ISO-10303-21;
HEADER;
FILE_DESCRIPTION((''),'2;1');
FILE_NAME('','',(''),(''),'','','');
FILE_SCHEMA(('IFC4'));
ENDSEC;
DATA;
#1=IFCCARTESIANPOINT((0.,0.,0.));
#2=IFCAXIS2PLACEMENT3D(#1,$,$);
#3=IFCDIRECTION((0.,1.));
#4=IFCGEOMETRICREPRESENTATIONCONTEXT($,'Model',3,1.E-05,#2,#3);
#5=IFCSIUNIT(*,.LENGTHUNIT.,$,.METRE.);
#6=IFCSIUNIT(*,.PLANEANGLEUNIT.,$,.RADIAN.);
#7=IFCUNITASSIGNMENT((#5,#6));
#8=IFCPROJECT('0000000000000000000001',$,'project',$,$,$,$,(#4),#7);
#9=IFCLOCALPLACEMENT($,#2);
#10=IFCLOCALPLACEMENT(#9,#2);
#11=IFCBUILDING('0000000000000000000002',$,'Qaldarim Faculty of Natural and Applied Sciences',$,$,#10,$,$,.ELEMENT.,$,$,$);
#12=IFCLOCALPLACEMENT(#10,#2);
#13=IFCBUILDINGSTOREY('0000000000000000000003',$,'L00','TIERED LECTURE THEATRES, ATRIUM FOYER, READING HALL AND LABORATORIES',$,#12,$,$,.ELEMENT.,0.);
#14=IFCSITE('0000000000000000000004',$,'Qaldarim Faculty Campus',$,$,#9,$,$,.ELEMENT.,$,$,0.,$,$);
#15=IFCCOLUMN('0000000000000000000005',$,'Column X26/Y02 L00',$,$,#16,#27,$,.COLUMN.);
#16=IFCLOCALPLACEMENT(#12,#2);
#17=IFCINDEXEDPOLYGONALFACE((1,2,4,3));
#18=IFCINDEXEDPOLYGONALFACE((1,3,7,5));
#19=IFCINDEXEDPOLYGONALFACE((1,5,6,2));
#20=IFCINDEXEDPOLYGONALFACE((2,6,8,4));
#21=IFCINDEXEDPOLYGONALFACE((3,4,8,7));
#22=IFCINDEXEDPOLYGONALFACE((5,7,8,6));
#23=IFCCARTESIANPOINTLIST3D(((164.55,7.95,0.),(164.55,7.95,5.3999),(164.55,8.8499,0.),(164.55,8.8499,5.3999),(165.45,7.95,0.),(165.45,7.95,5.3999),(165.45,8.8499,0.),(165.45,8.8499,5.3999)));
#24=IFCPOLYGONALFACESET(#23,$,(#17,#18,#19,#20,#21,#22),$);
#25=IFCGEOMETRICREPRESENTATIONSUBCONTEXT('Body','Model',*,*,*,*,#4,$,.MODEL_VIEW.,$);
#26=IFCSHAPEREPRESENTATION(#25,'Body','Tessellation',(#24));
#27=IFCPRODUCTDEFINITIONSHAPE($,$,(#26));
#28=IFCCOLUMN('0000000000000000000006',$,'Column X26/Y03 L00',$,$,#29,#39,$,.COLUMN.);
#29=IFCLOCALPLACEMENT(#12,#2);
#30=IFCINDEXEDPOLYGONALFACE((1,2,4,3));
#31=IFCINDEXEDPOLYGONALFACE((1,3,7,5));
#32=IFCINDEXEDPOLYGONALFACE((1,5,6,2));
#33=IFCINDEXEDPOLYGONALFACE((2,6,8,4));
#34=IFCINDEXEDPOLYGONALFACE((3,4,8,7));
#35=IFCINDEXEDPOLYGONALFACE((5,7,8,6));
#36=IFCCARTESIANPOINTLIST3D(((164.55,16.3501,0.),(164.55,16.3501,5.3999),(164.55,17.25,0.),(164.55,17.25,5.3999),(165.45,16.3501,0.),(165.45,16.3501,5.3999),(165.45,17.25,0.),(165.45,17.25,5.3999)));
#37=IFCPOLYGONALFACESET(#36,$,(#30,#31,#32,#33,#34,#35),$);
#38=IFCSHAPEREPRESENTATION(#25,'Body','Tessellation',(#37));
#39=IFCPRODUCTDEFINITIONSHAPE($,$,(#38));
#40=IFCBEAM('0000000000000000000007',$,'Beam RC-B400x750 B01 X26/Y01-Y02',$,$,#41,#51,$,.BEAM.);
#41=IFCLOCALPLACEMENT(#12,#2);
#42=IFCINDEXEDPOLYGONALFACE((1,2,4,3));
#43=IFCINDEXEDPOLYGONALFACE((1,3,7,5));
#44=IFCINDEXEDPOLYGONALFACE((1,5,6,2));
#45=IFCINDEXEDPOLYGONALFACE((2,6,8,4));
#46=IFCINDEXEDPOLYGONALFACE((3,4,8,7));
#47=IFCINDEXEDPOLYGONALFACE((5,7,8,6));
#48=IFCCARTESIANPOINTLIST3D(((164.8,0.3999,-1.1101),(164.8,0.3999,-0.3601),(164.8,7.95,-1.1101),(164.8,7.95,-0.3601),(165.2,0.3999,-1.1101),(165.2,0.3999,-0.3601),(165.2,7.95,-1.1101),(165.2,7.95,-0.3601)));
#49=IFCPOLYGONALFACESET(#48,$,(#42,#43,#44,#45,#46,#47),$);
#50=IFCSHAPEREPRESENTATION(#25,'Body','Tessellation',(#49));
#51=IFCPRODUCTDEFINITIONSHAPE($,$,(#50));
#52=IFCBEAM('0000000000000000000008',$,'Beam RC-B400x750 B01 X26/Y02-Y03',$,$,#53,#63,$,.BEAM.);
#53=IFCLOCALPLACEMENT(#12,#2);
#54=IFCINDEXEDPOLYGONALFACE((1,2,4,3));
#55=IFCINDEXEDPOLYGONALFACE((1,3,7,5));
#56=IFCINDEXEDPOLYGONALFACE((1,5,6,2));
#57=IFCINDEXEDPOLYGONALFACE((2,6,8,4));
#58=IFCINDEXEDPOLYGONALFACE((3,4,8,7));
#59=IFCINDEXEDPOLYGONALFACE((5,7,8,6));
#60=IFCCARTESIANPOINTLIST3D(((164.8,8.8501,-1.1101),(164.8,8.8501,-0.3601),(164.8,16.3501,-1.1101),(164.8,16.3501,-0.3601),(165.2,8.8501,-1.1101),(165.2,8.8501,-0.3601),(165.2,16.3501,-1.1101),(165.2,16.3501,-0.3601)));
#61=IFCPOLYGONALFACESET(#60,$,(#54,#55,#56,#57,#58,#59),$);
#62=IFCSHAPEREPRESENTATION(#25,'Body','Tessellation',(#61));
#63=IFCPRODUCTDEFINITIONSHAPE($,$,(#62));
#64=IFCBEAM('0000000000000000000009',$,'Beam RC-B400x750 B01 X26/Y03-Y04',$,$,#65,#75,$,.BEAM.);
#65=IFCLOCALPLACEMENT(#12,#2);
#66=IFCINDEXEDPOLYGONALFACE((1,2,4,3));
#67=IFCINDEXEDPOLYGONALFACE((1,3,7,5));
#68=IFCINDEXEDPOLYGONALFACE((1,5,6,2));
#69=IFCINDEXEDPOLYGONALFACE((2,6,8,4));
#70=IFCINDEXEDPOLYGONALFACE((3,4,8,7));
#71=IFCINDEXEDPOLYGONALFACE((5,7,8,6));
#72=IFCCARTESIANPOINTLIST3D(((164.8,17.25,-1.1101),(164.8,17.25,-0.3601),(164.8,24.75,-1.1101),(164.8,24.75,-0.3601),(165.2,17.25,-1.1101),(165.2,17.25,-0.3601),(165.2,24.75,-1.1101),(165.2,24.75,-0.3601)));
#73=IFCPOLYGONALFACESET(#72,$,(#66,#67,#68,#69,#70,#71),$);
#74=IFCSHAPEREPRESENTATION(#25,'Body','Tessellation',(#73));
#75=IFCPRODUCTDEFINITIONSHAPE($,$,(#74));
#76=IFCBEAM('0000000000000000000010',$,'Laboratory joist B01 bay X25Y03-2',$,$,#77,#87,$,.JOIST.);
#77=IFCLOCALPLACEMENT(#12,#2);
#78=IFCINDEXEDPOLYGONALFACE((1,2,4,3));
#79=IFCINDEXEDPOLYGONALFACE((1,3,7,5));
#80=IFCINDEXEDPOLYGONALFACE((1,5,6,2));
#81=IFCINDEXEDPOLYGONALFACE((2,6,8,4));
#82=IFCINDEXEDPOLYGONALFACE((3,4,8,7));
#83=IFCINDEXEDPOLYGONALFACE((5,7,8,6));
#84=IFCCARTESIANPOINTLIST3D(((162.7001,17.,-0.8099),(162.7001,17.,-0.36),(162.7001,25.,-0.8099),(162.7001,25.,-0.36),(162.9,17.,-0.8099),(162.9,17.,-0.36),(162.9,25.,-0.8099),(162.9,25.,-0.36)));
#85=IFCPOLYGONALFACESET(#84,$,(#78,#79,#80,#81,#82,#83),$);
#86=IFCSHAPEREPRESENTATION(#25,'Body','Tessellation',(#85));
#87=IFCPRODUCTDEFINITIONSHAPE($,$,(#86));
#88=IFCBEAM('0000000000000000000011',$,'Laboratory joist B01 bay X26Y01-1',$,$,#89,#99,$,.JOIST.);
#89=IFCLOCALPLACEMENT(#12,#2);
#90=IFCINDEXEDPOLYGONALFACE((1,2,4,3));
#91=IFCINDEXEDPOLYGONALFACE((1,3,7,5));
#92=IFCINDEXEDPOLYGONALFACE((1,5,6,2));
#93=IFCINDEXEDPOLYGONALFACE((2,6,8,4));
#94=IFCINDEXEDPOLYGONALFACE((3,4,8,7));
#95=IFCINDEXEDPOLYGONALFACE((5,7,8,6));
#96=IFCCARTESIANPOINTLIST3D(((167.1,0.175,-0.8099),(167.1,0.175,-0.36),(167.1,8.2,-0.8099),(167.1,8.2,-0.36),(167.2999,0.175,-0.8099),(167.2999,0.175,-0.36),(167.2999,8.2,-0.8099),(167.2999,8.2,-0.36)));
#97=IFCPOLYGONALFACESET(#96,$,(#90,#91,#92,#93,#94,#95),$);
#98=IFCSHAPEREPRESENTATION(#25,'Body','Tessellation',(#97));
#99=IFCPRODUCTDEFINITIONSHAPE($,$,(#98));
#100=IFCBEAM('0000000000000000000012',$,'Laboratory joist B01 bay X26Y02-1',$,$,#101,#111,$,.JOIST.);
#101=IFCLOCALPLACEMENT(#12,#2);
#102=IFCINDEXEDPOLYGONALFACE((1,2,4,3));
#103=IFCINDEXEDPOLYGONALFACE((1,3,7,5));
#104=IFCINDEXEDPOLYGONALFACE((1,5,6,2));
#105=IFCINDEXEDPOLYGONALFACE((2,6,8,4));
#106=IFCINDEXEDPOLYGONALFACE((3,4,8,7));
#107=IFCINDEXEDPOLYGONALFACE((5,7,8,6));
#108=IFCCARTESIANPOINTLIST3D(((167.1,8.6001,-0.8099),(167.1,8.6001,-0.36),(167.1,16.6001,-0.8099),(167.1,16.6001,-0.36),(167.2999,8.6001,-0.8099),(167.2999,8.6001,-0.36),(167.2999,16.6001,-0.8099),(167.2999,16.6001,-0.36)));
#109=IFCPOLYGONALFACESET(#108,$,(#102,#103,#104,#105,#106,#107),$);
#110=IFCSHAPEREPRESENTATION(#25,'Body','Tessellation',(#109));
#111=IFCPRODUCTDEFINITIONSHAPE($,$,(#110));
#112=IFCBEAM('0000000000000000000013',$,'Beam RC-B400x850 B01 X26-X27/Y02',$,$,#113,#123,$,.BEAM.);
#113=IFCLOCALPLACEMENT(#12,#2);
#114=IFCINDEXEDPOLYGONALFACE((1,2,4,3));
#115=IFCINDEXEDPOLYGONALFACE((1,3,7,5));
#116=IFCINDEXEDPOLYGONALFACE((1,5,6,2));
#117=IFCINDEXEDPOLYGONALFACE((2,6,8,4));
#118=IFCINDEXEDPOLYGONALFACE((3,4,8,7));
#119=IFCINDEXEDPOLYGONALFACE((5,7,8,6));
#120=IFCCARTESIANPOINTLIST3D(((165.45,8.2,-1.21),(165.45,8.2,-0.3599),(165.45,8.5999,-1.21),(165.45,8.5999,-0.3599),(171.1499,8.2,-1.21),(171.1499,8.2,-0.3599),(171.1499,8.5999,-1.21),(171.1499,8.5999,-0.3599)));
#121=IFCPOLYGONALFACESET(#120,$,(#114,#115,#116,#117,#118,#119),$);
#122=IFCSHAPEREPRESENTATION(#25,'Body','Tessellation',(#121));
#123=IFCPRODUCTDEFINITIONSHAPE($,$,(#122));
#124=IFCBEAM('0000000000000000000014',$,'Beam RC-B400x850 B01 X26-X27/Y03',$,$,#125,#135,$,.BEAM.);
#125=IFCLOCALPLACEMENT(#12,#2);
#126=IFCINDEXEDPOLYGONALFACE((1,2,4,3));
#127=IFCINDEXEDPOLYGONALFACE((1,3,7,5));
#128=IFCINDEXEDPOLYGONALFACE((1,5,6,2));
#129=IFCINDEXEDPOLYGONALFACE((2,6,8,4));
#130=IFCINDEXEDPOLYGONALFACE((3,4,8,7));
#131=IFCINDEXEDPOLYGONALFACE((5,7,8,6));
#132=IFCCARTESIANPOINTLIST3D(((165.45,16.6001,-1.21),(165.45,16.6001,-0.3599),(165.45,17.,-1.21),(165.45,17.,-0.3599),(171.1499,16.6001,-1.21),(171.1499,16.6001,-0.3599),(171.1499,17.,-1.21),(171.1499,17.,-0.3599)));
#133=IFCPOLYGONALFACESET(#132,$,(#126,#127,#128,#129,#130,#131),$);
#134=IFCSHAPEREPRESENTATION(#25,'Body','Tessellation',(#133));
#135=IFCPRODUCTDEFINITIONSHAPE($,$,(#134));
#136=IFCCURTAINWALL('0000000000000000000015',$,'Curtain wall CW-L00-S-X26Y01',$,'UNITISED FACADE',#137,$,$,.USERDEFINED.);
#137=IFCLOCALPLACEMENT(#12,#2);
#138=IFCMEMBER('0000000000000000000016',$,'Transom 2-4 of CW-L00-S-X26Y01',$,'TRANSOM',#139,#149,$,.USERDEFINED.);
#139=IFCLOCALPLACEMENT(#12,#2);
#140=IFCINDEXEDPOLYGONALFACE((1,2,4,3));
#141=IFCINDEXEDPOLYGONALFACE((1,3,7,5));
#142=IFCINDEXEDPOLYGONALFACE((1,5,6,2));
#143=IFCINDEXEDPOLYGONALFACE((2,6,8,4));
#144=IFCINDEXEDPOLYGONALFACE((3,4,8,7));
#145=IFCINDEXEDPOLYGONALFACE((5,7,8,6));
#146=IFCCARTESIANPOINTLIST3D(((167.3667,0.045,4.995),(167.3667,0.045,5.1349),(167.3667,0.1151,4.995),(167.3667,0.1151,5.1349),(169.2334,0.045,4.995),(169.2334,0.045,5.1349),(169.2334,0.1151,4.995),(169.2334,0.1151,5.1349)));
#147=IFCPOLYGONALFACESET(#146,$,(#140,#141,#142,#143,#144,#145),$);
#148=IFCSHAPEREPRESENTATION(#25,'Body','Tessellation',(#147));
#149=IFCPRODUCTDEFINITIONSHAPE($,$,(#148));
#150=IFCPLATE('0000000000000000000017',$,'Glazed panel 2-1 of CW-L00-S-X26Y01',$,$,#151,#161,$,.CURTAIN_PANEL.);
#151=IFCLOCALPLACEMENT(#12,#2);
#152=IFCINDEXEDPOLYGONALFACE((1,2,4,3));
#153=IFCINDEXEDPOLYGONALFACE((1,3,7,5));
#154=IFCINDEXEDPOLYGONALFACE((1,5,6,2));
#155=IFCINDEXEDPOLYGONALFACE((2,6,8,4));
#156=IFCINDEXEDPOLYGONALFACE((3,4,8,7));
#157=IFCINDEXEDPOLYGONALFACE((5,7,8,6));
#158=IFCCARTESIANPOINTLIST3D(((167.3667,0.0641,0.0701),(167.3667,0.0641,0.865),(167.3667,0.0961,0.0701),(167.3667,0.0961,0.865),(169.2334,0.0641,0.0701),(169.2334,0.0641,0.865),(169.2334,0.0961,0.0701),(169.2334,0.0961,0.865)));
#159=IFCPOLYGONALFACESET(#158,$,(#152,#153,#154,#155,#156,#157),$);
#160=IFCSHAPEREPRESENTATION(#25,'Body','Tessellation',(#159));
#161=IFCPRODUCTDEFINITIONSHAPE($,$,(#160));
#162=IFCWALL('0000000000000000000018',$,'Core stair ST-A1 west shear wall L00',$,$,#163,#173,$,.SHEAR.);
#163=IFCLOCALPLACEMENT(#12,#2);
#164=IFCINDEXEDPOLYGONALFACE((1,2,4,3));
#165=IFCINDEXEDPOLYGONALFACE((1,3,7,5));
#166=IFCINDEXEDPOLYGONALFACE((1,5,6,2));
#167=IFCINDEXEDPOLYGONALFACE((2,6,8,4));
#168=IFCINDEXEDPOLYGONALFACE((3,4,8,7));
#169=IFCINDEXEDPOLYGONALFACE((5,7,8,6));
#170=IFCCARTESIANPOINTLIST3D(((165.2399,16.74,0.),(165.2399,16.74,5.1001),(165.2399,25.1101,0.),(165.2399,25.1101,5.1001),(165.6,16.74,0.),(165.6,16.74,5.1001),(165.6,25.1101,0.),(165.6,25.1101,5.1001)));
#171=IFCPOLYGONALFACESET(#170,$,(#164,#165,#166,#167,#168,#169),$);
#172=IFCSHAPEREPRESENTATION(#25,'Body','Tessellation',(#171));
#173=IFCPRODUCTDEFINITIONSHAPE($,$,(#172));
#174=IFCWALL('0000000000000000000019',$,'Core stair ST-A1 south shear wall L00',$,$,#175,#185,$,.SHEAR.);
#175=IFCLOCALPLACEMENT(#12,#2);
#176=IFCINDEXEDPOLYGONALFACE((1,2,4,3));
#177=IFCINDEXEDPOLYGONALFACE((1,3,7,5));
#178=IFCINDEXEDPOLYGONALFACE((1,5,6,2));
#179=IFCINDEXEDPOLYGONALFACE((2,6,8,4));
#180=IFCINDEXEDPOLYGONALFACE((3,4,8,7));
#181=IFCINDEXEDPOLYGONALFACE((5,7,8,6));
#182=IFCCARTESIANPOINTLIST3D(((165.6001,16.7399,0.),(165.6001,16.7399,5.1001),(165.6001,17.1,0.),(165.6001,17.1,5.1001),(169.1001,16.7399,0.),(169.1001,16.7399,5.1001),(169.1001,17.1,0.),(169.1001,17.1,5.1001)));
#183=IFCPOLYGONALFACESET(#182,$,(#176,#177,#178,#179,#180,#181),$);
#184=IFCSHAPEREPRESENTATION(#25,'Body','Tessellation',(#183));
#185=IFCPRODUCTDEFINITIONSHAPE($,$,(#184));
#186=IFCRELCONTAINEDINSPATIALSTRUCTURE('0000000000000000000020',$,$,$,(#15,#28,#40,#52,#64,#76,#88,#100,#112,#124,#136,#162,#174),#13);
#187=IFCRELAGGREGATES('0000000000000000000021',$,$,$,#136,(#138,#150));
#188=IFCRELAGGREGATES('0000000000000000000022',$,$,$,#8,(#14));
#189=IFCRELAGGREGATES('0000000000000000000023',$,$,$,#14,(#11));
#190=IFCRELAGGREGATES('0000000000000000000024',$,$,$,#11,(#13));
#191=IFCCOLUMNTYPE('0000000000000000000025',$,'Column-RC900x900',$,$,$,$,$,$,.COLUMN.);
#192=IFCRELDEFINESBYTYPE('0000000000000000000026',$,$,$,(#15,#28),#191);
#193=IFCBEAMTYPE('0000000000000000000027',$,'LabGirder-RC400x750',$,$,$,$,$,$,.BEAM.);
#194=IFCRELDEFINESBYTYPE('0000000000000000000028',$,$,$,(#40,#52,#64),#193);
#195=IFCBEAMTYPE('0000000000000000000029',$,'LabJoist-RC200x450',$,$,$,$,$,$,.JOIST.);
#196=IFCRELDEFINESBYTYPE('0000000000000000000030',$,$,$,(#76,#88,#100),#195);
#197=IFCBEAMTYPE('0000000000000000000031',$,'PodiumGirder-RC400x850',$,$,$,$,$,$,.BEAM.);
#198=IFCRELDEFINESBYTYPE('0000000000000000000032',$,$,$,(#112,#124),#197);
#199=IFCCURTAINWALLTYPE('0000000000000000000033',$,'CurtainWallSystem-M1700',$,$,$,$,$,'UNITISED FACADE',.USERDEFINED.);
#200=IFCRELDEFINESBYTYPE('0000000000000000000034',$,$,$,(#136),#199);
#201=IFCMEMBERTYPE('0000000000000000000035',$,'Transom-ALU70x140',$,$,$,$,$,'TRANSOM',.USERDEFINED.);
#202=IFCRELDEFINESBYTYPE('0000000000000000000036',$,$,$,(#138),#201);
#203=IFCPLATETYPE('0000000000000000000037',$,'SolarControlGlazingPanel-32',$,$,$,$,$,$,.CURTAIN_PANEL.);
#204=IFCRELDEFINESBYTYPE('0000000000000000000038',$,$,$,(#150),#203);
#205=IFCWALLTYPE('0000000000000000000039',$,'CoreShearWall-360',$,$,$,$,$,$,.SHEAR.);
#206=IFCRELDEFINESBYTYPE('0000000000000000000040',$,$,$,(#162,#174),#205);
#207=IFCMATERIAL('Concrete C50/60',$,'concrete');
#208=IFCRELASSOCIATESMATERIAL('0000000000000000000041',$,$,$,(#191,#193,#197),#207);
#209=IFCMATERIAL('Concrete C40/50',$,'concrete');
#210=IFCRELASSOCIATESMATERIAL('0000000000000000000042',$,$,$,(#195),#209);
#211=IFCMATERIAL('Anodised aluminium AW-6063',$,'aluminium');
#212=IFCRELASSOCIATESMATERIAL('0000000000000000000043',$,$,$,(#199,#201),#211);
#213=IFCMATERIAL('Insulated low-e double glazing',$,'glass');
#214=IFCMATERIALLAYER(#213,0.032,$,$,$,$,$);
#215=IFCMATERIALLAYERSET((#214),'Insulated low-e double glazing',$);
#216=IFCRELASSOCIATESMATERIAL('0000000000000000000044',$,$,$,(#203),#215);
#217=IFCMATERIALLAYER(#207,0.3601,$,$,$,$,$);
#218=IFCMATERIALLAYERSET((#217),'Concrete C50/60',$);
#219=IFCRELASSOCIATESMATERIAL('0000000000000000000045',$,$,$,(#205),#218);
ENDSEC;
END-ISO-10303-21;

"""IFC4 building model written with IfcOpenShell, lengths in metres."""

from ifc_helpers import new_model, si_unit, direction, frame, frame_2d, origin, origin_2d, place, context, subcontext, project, spatial, rectangle, extrude, material, layer, layer_set, material_profile, profile_set, type_object, element, aggregate, save


model = new_model("IFC4")

# Units and contexts
model_context = context("Model", 3, precision=1e-05, world=origin(), true_north=direction((0.0, 1.0)))
body_context = subcontext(model_context, "Body", "Model", "MODEL_VIEW")
ifc_project = project(units=[si_unit("LENGTHUNIT", "METRE"), si_unit("PLANEANGLEUNIT", "RADIAN")], contexts=[model_context])

# Site, building, storey
site_placement = place(None, origin())
site = spatial("IfcSite", under=ifc_project, at=site_placement, Name="Qaldarim Faculty Campus", CompositionType="ELEMENT", RefElevation=0.0)
building_placement = place(site_placement, origin())
building = spatial("IfcBuilding", under=site, at=building_placement, Name="Qaldarim Faculty of Natural and Applied Sciences", CompositionType="ELEMENT")
storey_placement = place(building_placement, origin())
storey = spatial("IfcBuildingStorey", under=building, at=storey_placement, Name="L00", Description="TIERED LECTURE THEATRES, ATRIUM FOYER, READING HALL AND LABORATORIES", CompositionType="ELEMENT", Elevation=0.0)

# Columns
ifc_material_1 = material(Name="Concrete C50/60", Category="concrete")
ifc_material_profile_1 = material_profile(ifc_material_1, rectangle(XDim=0.8999, YDim=0.8999, at=origin_2d()), Name="RC-C900x900")
ifc_profile_set_1 = profile_set([ifc_material_profile_1], Name="Concrete C50/60")
column_type = type_object("IfcColumnType", Name="Column-RC900x900", PredefinedType="COLUMN", material=ifc_profile_set_1)
for number, where, z_axis, x_axis, name in (
    (1, (165.0, 8.3999, 0.0), (0.0, 0.0, 1.0), (1.0, 0.0, 0.0), "Column X26/Y02 L00"),
    (2, (165.0, 16.8, 0.0), (0.0, 0.0, 1.0), (1.0, 0.0, 0.0), "Column X26/Y03 L00"),
):
    element("IfcColumn", number, at=place(storey_placement, frame(where, z_axis=z_axis, x_axis=x_axis)), inside=storey, type_object=column_type, Name=name, PredefinedType="COLUMN", context=body_context, shape_type="SweptSolid", body=[
        extrude(rectangle(XDim=0.8999, YDim=0.8999, at=origin_2d()), origin(), (0.0, 0.0, 1.0), 5.3999),
    ])

# Beams
ifc_material_profile_2 = material_profile(ifc_material_1, rectangle(XDim=0.3999, YDim=0.75, at=origin_2d()), Name="RC-B400x750")
ifc_profile_set_2 = profile_set([ifc_material_profile_2], Name="Concrete C50/60")
beam_type_1 = type_object("IfcBeamType", Name="LabGirder-RC400x750", PredefinedType="BEAM", material=ifc_profile_set_2)
beam_1_placement = place(storey_placement, frame((165.0, 0.3999, -0.7351), z_axis=(0.0, 1.0, 0.0), x_axis=(-1.0, 0.0, 0.0)))
element("IfcBeam", 3, at=beam_1_placement, inside=storey, type_object=beam_type_1, Name="Beam RC-B400x750 B01 X26/Y01-Y02", PredefinedType="BEAM", context=body_context, shape_type="SweptSolid", body=[
    extrude(rectangle(XDim=0.3999, YDim=0.75, at=origin_2d()), origin(), (0.0, 0.0, 1.0), 7.55),
])
for number, where, z_axis, x_axis, name in (
    (4, (165.0, 8.8501, -0.7351), (0.0, 1.0, 0.0), (-1.0, 0.0, 0.0), "Beam RC-B400x750 B01 X26/Y02-Y03"),
    (5, (165.0, 17.25, -0.7351), (0.0, 1.0, 0.0), (-1.0, 0.0, 0.0), "Beam RC-B400x750 B01 X26/Y03-Y04"),
):
    element("IfcBeam", number, at=place(storey_placement, frame(where, z_axis=z_axis, x_axis=x_axis)), inside=storey, type_object=beam_type_1, Name=name, PredefinedType="BEAM", context=body_context, shape_type="SweptSolid", body=[
        extrude(rectangle(XDim=0.3999, YDim=0.75, at=origin_2d()), origin(), (0.0, 0.0, 1.0), 7.5),
    ])
ifc_material_2 = material(Name="Concrete C40/50", Category="concrete")
ifc_material_profile_3 = material_profile(ifc_material_2, rectangle(XDim=0.2, YDim=0.45, at=origin_2d()), Name="RC-J200x450")
ifc_profile_set_3 = profile_set([ifc_material_profile_3], Name="Concrete C40/50")
beam_type_2 = type_object("IfcBeamType", Name="LabJoist-RC200x450", PredefinedType="JOIST", material=ifc_profile_set_3)
beam_2_placement = place(storey_placement, frame((162.8, 17.0, -0.585), z_axis=(0.0, 1.0, 0.0), x_axis=(-1.0, 0.0, 0.0)))
element("IfcBeam", 6, at=beam_2_placement, inside=storey, type_object=beam_type_2, Name="Laboratory joist B01 bay X25Y03-2", PredefinedType="JOIST", context=body_context, shape_type="SweptSolid", body=[
    extrude(rectangle(XDim=0.2, YDim=0.45, at=origin_2d()), origin(), (0.0, 0.0, 1.0), 8.0),
])
beam_3_placement = place(storey_placement, frame((167.2, 0.175, -0.585), z_axis=(0.0, 1.0, 0.0), x_axis=(-1.0, 0.0, 0.0)))
element("IfcBeam", 7, at=beam_3_placement, inside=storey, type_object=beam_type_2, Name="Laboratory joist B01 bay X26Y01-1", PredefinedType="JOIST", context=body_context, shape_type="SweptSolid", body=[
    extrude(rectangle(XDim=0.2, YDim=0.45, at=origin_2d()), origin(), (0.0, 0.0, 1.0), 8.0249),
])
beam_4_placement = place(storey_placement, frame((167.2, 8.6001, -0.585), z_axis=(0.0, 1.0, 0.0), x_axis=(-1.0, 0.0, 0.0)))
element("IfcBeam", 8, at=beam_4_placement, inside=storey, type_object=beam_type_2, Name="Laboratory joist B01 bay X26Y02-1", PredefinedType="JOIST", context=body_context, shape_type="SweptSolid", body=[
    extrude(rectangle(XDim=0.2, YDim=0.45, at=origin_2d()), origin(), (0.0, 0.0, 1.0), 8.0),
])
ifc_material_profile_4 = material_profile(ifc_material_1, rectangle(XDim=0.3999, YDim=0.8501, at=origin_2d()), Name="RC-B400x850")
ifc_profile_set_4 = profile_set([ifc_material_profile_4], Name="Concrete C50/60")
beam_type_3 = type_object("IfcBeamType", Name="PodiumGirder-RC400x850", PredefinedType="BEAM", material=ifc_profile_set_4)
for number, where, z_axis, x_axis, name in (
    (9, (165.45, 8.3999, -0.7849), (1.0, 0.0, 0.0), (0.0, 1.0, 0.0), "Beam RC-B400x850 B01 X26-X27/Y02"),
    (10, (165.45, 16.8, -0.7849), (1.0, 0.0, 0.0), (0.0, 1.0, 0.0), "Beam RC-B400x850 B01 X26-X27/Y03"),
):
    element("IfcBeam", number, at=place(storey_placement, frame(where, z_axis=z_axis, x_axis=x_axis)), inside=storey, type_object=beam_type_3, Name=name, PredefinedType="BEAM", context=body_context, shape_type="SweptSolid", body=[
        extrude(rectangle(XDim=0.3999, YDim=0.8501, at=origin_2d()), origin(), (0.0, 0.0, 1.0), 5.7),
    ])

# Curtain wall, member, plate
ifc_material_3 = material(Name="Anodised aluminium AW-6063", Category="aluminium")
curtain_wall_type = type_object("IfcCurtainWallType", Name="CurtainWallSystem-M1700", ElementType="UNITISED FACADE", PredefinedType="USERDEFINED", material=ifc_material_3)
curtain_wall_placement = place(storey_placement, origin())
curtain_wall = element("IfcCurtainWall", 11, at=curtain_wall_placement, inside=storey, type_object=curtain_wall_type, Name="Curtain wall CW-L00-S-X26Y01", ObjectType="UNITISED FACADE", PredefinedType="USERDEFINED")
ifc_material_profile_5 = material_profile(ifc_material_3, rectangle(XDim=0.0701, YDim=0.1399, at=origin_2d()), Name="ALU-T70x140")
ifc_profile_set_5 = profile_set([ifc_material_profile_5], Name="Anodised aluminium AW-6063")
member_type = type_object("IfcMemberType", Name="Transom-ALU70x140", ElementType="TRANSOM", PredefinedType="USERDEFINED", material=ifc_profile_set_5)
member_placement = place(storey_placement, frame((167.3667, 0.0801, 5.0649), z_axis=(1.0, 0.0, 0.0), x_axis=(0.0, 1.0, 0.0)))
member = element("IfcMember", 12, at=member_placement, type_object=member_type, Name="Transom 2-4 of CW-L00-S-X26Y01", ObjectType="TRANSOM", PredefinedType="USERDEFINED", context=body_context, shape_type="SweptSolid", body=[
    extrude(rectangle(XDim=0.0701, YDim=0.1399, at=origin_2d()), origin(), (0.0, 0.0, 1.0), 1.8667),
])
ifc_material_4 = material(Name="Insulated low-e double glazing", Category="glass")
ifc_layer_1 = layer(ifc_material_4, 0.032)
ifc_layer_set_1 = layer_set([ifc_layer_1], Name="Insulated low-e double glazing")
plate_type = type_object("IfcPlateType", Name="SolarControlGlazingPanel-32", PredefinedType="CURTAIN_PANEL", material=ifc_layer_set_1)
plate_placement = place(storey_placement, frame((168.3, 0.0801, 0.0701), z_axis=(0.0, 0.0, 1.0), x_axis=(1.0, 0.0, 0.0)))
plate = element("IfcPlate", 13, at=plate_placement, type_object=plate_type, Name="Glazed panel 2-1 of CW-L00-S-X26Y01", PredefinedType="CURTAIN_PANEL", context=body_context, shape_type="SweptSolid", body=[
    extrude(rectangle(XDim=1.8667, YDim=0.032, at=origin_2d()), origin(), (0.0, 0.0, 1.0), 0.7949),
])
aggregate(curtain_wall, [member, plate])

# Walls
ifc_layer_2 = layer(ifc_material_1, 0.3601)
ifc_layer_set_2 = layer_set([ifc_layer_2], Name="Concrete C50/60")
wall_type_1 = type_object("IfcWallType", Name="CoreShearWall-360", PredefinedType="SHEAR", material=ifc_layer_set_2)
wall_1_placement = place(storey_placement, frame((165.4199, 16.74, 0.0), z_axis=(0.0, 0.0, 1.0), x_axis=(0.0, 1.0, 0.0)))
element("IfcWall", 14, at=wall_1_placement, inside=storey, type_object=wall_type_1, Name="Core stair ST-A1 west shear wall L00", PredefinedType="SHEAR", context=body_context, shape_type="SweptSolid", body=[
    extrude(rectangle(XDim=8.3701, YDim=0.3601, at=frame_2d((4.1851, 0.0))), origin(), (0.0, 0.0, 1.0), 5.1001),
])
wall_2_placement = place(storey_placement, frame((165.6001, 16.9199, 0.0), z_axis=(0.0, 0.0, 1.0), x_axis=(1.0, 0.0, 0.0)))
element("IfcWall", 15, at=wall_2_placement, inside=storey, type_object=wall_type_1, Name="Core stair ST-A1 south shear wall L00", PredefinedType="SHEAR", context=body_context, shape_type="SweptSolid", body=[
    extrude(rectangle(XDim=3.5, YDim=0.3601, at=frame_2d((1.75, 0.0))), origin(), (0.0, 0.0, 1.0), 5.1001),
])

save(model, "model.ifc")
